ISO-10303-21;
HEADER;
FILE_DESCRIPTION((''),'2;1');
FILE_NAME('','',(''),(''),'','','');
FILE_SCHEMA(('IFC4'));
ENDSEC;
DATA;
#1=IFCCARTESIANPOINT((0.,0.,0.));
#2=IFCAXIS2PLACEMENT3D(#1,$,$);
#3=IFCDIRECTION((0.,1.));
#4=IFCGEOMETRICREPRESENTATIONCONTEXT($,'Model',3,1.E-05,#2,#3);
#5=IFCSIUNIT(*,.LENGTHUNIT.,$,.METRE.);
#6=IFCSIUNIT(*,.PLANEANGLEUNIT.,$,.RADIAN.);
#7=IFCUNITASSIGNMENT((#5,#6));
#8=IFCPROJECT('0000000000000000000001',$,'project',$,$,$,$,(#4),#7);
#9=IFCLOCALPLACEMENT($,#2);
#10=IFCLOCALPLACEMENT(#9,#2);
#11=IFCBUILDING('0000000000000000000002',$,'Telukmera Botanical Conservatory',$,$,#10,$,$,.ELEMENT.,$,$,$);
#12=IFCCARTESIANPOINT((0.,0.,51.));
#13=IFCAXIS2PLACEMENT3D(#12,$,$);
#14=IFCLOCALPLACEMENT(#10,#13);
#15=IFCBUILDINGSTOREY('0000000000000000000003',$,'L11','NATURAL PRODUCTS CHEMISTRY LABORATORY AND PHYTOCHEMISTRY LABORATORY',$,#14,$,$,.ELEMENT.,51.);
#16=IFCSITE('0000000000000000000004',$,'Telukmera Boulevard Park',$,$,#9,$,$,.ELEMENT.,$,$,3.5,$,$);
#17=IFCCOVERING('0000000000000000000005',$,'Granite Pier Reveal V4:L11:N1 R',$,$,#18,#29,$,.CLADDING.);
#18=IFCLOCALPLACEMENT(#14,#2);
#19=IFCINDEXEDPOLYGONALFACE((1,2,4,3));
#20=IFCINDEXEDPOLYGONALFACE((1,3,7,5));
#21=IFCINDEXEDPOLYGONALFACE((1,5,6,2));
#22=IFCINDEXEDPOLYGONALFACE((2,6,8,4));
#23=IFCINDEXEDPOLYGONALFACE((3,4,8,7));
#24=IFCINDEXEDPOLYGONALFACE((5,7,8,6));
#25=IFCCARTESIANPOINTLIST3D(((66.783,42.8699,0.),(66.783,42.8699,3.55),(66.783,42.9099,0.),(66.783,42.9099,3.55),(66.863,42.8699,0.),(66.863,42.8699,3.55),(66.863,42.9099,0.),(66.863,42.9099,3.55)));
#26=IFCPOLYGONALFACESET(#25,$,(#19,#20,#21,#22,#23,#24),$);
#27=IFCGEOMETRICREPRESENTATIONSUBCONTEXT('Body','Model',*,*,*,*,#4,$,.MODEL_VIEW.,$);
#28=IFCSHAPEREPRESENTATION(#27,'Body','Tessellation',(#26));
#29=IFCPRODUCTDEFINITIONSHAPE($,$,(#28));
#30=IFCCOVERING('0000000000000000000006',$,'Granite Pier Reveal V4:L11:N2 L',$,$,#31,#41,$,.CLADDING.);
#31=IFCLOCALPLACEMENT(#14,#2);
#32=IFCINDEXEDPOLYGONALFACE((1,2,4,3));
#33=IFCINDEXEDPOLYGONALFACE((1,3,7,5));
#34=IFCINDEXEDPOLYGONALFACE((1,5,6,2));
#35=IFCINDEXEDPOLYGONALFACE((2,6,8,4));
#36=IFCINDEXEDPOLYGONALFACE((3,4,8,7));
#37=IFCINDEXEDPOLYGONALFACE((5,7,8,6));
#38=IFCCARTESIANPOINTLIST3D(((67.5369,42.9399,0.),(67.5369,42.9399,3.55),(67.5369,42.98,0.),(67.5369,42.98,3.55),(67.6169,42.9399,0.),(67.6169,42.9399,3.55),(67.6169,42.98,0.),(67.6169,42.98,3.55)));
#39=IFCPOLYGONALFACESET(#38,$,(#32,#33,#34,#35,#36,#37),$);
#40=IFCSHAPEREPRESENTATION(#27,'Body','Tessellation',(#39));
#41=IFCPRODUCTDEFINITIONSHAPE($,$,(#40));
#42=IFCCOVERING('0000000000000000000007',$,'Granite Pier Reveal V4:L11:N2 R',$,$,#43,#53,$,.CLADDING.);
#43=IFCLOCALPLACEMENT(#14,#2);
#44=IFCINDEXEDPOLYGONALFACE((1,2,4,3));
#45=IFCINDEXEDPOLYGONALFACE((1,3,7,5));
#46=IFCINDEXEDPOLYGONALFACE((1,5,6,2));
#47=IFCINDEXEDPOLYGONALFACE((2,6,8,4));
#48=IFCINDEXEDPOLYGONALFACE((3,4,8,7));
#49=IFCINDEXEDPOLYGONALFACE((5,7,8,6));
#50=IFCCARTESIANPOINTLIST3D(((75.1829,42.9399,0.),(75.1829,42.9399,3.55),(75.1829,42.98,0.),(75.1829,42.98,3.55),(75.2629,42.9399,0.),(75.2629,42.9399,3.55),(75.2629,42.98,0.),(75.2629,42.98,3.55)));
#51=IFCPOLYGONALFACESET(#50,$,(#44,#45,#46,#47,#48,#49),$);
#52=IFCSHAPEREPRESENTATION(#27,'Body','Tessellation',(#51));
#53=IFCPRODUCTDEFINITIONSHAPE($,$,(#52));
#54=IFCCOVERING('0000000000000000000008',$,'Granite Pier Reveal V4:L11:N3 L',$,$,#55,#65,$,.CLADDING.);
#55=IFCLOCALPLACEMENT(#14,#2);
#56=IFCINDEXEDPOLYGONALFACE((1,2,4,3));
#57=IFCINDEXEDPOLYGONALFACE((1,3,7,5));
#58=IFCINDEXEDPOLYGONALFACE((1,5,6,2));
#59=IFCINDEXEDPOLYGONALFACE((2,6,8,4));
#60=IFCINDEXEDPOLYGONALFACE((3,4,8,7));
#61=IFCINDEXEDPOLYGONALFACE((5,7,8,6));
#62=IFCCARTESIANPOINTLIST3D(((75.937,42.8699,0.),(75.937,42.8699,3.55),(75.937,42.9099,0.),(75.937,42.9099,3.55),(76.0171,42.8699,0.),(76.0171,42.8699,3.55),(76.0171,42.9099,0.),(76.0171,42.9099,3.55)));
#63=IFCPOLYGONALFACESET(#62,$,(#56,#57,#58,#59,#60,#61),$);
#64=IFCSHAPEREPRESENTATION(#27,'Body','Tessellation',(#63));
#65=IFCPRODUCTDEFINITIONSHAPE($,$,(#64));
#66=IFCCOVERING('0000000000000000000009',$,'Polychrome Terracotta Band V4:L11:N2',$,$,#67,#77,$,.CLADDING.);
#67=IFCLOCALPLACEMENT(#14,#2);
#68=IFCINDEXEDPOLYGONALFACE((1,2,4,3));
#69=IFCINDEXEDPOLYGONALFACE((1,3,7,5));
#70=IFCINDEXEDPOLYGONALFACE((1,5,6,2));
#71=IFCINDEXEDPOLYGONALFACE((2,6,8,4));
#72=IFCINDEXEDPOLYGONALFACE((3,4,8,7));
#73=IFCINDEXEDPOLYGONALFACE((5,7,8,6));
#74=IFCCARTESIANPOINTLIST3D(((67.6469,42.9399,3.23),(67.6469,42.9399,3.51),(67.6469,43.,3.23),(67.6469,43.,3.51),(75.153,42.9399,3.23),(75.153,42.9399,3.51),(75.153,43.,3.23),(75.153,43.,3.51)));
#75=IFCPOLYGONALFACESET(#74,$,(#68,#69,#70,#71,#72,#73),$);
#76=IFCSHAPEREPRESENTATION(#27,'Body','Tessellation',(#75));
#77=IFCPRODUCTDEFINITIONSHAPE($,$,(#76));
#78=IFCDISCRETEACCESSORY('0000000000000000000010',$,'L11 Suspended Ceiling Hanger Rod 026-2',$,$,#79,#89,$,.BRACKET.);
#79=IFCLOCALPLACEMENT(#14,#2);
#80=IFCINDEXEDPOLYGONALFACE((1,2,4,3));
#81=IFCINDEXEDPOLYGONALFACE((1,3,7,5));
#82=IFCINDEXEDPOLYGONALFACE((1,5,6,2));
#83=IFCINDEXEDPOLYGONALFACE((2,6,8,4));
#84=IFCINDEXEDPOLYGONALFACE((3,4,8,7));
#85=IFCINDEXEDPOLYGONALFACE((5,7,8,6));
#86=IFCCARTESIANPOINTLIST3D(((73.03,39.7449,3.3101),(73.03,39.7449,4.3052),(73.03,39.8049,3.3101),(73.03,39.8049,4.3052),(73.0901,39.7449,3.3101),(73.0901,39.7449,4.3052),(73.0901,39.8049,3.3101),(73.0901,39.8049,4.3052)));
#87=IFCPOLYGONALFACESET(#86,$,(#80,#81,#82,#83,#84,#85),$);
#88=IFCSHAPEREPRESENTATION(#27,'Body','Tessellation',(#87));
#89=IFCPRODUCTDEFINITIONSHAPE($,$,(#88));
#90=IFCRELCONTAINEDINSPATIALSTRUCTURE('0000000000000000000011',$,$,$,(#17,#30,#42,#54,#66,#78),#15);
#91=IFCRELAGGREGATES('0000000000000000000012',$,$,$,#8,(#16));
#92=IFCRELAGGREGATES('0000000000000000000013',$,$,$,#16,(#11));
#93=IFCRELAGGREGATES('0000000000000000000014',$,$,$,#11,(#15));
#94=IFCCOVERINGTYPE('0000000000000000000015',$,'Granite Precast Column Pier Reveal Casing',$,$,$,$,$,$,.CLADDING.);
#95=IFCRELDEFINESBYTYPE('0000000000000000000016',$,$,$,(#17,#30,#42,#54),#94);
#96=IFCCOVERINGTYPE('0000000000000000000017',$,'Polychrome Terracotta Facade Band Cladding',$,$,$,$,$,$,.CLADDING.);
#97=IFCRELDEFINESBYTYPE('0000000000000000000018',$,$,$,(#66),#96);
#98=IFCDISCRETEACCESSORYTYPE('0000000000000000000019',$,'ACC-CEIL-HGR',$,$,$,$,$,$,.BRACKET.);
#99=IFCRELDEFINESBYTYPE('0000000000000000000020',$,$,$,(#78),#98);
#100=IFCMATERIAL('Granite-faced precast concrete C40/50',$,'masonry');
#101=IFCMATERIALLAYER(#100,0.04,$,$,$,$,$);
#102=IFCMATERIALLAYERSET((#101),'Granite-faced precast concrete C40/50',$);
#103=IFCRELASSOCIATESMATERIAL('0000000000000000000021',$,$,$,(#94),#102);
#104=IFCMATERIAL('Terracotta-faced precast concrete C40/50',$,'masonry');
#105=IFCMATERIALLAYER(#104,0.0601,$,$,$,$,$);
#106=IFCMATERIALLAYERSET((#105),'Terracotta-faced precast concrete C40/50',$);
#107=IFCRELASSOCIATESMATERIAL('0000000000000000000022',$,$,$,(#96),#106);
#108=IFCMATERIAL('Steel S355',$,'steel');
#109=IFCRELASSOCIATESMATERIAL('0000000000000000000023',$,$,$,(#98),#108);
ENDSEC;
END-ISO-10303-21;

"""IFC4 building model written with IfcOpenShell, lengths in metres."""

from ifc_helpers import new_model, si_unit, direction, frame, origin, origin_2d, place, context, subcontext, project, spatial, rectangle, extrude, material, layer, layer_set, type_object, element, save


model = new_model("IFC4")

# Units and contexts
model_context = context("Model", 3, precision=1e-05, world=origin(), true_north=direction((0.0, 1.0)))
body_context = subcontext(model_context, "Body", "Model", "MODEL_VIEW")
ifc_project = project(units=[si_unit("LENGTHUNIT", "METRE"), si_unit("PLANEANGLEUNIT", "RADIAN")], contexts=[model_context])

# Site, building, storey
site_placement = place(None, origin())
site = spatial("IfcSite", under=ifc_project, at=site_placement, Name="Telukmera Boulevard Park", CompositionType="ELEMENT", RefElevation=3.5)
building_placement = place(site_placement, origin())
building = spatial("IfcBuilding", under=site, at=building_placement, Name="Telukmera Botanical Conservatory", CompositionType="ELEMENT")
storey_placement = place(building_placement, frame((0.0, 0.0, 51.0)))
storey = spatial("IfcBuildingStorey", under=building, at=storey_placement, Name="L11", Description="NATURAL PRODUCTS CHEMISTRY LABORATORY AND PHYTOCHEMISTRY LABORATORY", CompositionType="ELEMENT", Elevation=51.0)

# Coverings
ifc_material_1 = material(Name="Granite-faced precast concrete C40/50", Category="masonry")
ifc_layer_1 = layer(ifc_material_1, 0.04)
ifc_layer_set_1 = layer_set([ifc_layer_1], Name="Granite-faced precast concrete C40/50")
covering_type_1 = type_object("IfcCoveringType", Name="Granite Precast Column Pier Reveal Casing", PredefinedType="CLADDING", material=ifc_layer_set_1)
for number, where, z_axis, x_axis, name in (
    (1, (66.823, 42.8899, 0.0), (0.0, 0.0, 1.0), (1.0, 0.0, 0.0), "Granite Pier Reveal V4:L11:N1 R"),
    (2, (67.5769, 42.96, 0.0), (0.0, 0.0, 1.0), (1.0, 0.0, 0.0), "Granite Pier Reveal V4:L11:N2 L"),
    (3, (75.2229, 42.96, 0.0), (0.0, 0.0, 1.0), (1.0, 0.0, 0.0), "Granite Pier Reveal V4:L11:N2 R"),
    (4, (75.9771, 42.8899, 0.0), (0.0, 0.0, 1.0), (1.0, 0.0, 0.0), "Granite Pier Reveal V4:L11:N3 L"),
):
    element("IfcCovering", number, at=place(storey_placement, frame(where, z_axis=z_axis, x_axis=x_axis)), inside=storey, type_object=covering_type_1, Name=name, PredefinedType="CLADDING", context=body_context, shape_type="SweptSolid", body=[
        extrude(rectangle(XDim=0.0801, YDim=0.04, at=origin_2d()), origin(), (0.0, 0.0, 1.0), 3.55),
    ])
ifc_material_2 = material(Name="Terracotta-faced precast concrete C40/50", Category="masonry")
ifc_layer_2 = layer(ifc_material_2, 0.0601)
ifc_layer_set_2 = layer_set([ifc_layer_2], Name="Terracotta-faced precast concrete C40/50")
covering_type_2 = type_object("IfcCoveringType", Name="Polychrome Terracotta Facade Band Cladding", PredefinedType="CLADDING", material=ifc_layer_set_2)
covering_placement = place(storey_placement, frame((71.3999, 42.97, 3.23), z_axis=(0.0, 0.0, 1.0), x_axis=(1.0, 0.0, 0.0)))
element("IfcCovering", 5, at=covering_placement, inside=storey, type_object=covering_type_2, Name="Polychrome Terracotta Band V4:L11:N2", PredefinedType="CLADDING", context=body_context, shape_type="SweptSolid", body=[
    extrude(rectangle(XDim=7.5061, YDim=0.0601, at=origin_2d()), origin(), (0.0, 0.0, 1.0), 0.28),
])

# Discrete accessory
ifc_material_3 = material(Name="Steel S355", Category="steel")
discrete_accessory_type = type_object("IfcDiscreteAccessoryType", Name="ACC-CEIL-HGR", PredefinedType="BRACKET", material=ifc_material_3)
discrete_accessory_placement = place(storey_placement, frame((73.0601, 39.7749, 3.3101), z_axis=(0.0, 0.0, 1.0), x_axis=(1.0, 0.0, 0.0)))
element("IfcDiscreteAccessory", 6, at=discrete_accessory_placement, inside=storey, type_object=discrete_accessory_type, Name="L11 Suspended Ceiling Hanger Rod 026-2", PredefinedType="BRACKET", context=body_context, shape_type="SweptSolid", body=[
    extrude(rectangle(XDim=0.0601, YDim=0.0601, at=origin_2d()), origin(), (0.0, 0.0, 1.0), 0.9951),
])

save(model, "model.ifc")
